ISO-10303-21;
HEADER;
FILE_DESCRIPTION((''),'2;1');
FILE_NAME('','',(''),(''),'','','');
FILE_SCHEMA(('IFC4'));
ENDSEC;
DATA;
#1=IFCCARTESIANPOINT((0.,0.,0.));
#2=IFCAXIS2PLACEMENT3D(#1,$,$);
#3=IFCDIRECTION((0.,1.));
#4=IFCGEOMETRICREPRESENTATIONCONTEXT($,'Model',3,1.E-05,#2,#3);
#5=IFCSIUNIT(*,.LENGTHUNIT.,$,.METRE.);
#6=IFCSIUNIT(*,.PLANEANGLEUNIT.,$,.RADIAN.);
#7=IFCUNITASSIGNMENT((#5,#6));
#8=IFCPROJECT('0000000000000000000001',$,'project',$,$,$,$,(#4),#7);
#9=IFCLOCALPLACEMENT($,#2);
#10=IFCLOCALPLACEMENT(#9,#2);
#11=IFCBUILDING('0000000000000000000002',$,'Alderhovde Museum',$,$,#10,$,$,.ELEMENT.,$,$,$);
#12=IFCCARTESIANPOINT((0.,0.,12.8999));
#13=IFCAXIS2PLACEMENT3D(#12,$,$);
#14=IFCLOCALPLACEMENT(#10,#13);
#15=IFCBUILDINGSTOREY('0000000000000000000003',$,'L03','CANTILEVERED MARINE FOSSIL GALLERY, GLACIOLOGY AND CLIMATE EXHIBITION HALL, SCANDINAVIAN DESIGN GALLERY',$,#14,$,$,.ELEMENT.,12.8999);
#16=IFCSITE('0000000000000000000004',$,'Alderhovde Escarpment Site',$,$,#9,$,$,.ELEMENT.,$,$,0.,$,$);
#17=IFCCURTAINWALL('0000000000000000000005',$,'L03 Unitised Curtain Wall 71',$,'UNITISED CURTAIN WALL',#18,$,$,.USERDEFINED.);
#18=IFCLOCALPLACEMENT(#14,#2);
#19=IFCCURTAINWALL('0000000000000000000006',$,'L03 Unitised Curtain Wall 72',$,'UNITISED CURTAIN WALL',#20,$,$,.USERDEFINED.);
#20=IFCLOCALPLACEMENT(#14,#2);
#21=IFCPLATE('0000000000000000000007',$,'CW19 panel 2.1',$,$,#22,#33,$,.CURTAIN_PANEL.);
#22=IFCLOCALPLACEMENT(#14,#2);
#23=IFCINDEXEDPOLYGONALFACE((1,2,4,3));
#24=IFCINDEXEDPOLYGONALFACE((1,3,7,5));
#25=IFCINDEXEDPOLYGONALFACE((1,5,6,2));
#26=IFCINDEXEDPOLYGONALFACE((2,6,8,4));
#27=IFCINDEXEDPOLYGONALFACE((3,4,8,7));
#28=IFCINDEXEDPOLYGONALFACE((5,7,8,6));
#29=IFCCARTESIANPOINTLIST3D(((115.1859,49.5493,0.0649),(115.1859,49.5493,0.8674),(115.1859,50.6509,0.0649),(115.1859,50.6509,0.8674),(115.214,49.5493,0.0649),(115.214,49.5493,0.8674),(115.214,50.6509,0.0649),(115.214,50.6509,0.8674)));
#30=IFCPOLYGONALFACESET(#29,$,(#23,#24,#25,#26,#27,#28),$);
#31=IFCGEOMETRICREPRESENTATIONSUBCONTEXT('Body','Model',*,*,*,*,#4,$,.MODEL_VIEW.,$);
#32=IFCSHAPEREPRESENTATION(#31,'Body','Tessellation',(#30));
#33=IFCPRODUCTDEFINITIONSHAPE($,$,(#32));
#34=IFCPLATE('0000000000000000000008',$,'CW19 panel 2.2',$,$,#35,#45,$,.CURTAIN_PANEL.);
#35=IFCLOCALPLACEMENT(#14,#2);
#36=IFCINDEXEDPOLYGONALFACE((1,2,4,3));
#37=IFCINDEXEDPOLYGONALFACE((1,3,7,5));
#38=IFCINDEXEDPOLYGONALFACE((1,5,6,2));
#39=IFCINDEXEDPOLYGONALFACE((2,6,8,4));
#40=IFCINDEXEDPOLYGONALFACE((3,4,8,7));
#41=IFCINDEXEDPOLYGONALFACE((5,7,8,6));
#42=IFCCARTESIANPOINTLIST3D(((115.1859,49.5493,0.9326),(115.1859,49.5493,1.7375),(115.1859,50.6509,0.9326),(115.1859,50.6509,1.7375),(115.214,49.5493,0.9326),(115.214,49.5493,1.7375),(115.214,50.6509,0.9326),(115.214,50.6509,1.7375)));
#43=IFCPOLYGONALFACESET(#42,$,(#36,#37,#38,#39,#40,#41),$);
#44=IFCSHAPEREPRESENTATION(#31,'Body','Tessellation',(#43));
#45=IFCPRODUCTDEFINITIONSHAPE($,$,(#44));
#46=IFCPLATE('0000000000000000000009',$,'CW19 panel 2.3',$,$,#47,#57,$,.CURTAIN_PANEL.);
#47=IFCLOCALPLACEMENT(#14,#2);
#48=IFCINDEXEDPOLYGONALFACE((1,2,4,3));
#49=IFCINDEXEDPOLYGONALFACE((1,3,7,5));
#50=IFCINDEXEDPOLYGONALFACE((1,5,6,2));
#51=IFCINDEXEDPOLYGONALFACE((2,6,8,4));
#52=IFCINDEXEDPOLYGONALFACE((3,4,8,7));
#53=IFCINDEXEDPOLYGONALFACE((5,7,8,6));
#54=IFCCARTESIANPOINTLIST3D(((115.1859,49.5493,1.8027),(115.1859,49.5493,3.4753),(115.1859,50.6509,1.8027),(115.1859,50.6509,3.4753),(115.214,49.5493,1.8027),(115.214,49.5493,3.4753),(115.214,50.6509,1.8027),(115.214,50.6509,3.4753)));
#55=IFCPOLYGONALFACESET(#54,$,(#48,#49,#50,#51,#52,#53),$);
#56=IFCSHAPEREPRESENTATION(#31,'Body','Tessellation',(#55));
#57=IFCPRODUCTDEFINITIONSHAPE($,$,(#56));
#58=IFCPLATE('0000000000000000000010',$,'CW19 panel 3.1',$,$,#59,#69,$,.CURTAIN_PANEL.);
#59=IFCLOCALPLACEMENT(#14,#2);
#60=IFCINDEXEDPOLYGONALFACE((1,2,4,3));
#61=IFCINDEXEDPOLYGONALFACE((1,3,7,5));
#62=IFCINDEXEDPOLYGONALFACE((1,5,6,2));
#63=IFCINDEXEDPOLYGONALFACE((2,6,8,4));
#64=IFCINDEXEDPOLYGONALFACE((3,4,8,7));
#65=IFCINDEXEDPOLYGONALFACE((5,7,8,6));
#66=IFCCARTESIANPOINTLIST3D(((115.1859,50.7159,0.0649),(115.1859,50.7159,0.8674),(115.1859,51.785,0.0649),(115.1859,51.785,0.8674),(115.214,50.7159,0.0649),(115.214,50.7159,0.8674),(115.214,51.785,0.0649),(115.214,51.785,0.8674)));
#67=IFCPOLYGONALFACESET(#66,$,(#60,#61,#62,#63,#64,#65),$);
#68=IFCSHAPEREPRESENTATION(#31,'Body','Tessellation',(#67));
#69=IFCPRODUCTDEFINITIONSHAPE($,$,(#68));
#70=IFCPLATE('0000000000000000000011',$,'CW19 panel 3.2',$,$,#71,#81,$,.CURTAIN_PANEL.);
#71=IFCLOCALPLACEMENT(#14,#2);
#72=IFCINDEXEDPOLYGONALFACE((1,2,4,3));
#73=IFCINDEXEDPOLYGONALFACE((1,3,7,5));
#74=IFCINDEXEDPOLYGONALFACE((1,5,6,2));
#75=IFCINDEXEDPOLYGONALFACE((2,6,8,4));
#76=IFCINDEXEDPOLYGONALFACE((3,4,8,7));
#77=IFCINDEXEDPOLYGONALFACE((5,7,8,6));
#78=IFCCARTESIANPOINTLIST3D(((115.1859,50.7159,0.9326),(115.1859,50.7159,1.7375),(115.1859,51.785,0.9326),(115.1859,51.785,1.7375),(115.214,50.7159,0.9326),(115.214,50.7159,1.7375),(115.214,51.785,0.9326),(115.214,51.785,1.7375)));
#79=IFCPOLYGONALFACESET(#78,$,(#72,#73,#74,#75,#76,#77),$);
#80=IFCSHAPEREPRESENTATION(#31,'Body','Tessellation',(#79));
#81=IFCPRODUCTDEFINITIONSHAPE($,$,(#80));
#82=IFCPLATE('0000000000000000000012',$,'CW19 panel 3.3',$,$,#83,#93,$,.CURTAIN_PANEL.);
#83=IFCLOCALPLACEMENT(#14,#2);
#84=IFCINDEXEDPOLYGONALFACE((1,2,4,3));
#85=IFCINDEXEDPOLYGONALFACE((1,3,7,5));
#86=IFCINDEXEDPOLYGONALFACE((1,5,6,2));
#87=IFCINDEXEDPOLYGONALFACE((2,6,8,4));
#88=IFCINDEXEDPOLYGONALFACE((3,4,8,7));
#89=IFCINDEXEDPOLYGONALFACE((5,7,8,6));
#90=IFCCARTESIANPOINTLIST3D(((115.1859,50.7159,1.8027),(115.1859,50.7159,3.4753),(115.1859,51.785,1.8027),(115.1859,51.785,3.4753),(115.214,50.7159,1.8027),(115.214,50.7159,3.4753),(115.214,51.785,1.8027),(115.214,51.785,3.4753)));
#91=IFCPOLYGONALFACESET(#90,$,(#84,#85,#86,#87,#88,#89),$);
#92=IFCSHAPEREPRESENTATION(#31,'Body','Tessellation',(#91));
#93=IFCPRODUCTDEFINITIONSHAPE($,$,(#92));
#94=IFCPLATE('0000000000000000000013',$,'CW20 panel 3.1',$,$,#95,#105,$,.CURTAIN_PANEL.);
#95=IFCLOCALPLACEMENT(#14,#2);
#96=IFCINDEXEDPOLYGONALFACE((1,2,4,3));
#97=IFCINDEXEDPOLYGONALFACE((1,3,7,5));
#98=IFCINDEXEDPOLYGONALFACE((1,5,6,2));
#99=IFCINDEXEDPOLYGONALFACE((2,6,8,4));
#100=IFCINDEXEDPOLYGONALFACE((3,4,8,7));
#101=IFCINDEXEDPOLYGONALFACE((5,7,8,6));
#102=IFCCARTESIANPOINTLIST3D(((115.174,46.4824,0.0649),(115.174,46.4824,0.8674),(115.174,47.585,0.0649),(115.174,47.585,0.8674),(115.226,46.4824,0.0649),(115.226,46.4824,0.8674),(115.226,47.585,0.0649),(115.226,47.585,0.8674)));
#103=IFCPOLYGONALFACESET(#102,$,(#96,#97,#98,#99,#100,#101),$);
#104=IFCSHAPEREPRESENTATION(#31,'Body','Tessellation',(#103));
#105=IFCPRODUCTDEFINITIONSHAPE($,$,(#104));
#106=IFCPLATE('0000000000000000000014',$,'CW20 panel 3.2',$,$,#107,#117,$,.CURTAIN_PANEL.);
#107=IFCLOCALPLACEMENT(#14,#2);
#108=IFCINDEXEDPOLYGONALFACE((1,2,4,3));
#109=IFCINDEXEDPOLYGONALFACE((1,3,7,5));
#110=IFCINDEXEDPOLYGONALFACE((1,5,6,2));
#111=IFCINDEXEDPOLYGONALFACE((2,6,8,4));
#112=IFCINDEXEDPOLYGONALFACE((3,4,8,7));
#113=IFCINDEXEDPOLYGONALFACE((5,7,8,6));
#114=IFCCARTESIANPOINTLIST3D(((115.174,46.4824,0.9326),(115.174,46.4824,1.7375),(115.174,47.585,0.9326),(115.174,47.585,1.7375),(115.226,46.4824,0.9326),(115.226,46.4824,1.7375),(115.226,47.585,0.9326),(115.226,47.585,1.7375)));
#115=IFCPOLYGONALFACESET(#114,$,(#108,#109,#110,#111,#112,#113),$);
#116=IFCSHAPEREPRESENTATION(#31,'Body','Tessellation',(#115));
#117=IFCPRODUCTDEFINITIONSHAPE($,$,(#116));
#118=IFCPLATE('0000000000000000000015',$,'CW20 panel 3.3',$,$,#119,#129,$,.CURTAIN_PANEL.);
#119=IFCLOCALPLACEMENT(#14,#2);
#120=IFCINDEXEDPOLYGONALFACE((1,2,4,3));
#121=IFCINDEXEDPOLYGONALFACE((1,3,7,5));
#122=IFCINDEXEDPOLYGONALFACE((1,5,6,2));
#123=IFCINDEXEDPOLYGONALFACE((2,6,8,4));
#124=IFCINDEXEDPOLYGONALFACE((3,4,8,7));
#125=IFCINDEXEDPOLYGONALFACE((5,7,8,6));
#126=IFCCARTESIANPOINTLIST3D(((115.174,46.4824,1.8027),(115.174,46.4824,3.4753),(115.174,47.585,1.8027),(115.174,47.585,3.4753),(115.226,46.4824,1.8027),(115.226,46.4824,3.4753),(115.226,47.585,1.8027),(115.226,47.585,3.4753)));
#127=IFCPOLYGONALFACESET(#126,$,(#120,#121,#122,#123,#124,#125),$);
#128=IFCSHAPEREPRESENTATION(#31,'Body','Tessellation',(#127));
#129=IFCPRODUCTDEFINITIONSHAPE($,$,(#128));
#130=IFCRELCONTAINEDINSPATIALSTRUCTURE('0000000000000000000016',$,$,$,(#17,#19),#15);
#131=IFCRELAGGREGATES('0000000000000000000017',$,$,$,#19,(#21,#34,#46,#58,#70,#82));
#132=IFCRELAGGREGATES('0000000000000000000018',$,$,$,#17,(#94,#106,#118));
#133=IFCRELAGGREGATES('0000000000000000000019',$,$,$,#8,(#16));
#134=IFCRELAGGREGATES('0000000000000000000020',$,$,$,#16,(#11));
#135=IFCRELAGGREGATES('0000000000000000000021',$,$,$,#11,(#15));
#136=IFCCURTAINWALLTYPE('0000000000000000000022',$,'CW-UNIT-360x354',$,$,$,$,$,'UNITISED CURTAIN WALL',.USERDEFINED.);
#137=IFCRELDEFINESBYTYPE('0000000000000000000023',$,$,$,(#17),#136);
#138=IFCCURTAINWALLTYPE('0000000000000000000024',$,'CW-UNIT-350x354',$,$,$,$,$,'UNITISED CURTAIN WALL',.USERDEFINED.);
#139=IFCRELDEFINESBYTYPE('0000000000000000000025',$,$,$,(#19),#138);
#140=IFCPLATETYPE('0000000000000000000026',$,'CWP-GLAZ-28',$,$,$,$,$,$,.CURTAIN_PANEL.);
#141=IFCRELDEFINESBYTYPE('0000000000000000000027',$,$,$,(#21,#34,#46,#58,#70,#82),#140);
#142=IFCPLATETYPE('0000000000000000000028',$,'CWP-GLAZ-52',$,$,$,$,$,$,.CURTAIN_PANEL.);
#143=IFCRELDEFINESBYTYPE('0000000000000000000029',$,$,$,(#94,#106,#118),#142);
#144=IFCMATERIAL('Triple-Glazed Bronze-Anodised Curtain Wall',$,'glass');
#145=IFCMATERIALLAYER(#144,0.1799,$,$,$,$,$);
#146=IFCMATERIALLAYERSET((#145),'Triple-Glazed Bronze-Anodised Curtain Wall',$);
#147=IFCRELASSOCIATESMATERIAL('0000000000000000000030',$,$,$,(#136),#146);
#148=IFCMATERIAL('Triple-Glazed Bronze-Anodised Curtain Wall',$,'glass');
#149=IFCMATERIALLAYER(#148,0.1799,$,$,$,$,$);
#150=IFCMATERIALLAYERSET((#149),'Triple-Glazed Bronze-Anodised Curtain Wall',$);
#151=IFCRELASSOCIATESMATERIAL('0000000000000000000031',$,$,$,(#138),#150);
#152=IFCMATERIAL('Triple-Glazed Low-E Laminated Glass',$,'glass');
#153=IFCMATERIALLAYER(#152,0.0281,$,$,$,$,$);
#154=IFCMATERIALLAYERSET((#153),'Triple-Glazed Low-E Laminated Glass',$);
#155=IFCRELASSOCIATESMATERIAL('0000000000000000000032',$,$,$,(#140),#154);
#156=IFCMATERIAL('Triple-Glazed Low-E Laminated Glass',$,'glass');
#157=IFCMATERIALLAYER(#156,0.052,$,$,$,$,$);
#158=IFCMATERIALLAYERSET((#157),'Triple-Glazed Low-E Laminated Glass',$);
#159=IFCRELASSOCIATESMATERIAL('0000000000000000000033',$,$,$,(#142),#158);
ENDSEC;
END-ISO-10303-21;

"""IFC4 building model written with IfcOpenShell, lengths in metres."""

from ifc_helpers import new_model, si_unit, direction, frame, origin, origin_2d, place, context, subcontext, project, spatial, rectangle, extrude, material, layer, layer_set, type_object, element, aggregate, save


model = new_model("IFC4")

# Units and contexts
model_context = context("Model", 3, precision=1e-05, world=origin(), true_north=direction((0.0, 1.0)))
body_context = subcontext(model_context, "Body", "Model", "MODEL_VIEW")
ifc_project = project(units=[si_unit("LENGTHUNIT", "METRE"), si_unit("PLANEANGLEUNIT", "RADIAN")], contexts=[model_context])

# Site, building, storey
site_placement = place(None, origin())
site = spatial("IfcSite", under=ifc_project, at=site_placement, Name="Alderhovde Escarpment Site", CompositionType="ELEMENT", RefElevation=0.0)
building_placement = place(site_placement, origin())
building = spatial("IfcBuilding", under=site, at=building_placement, Name="Alderhovde Museum", CompositionType="ELEMENT")
storey_placement = place(building_placement, frame((0.0, 0.0, 12.8999)))
storey = spatial("IfcBuildingStorey", under=building, at=storey_placement, Name="L03", Description="CANTILEVERED MARINE FOSSIL GALLERY, GLACIOLOGY AND CLIMATE EXHIBITION HALL, SCANDINAVIAN DESIGN GALLERY", CompositionType="ELEMENT", Elevation=12.8999)

# Curtain wall
ifc_material_1 = material(Name="Triple-Glazed Bronze-Anodised Curtain Wall", Category="glass")
ifc_layer_1 = layer(ifc_material_1, 0.1799)
ifc_layer_set_1 = layer_set([ifc_layer_1], Name="Triple-Glazed Bronze-Anodised Curtain Wall")
curtain_wall_type_1 = type_object("IfcCurtainWallType", Name="CW-UNIT-360x354", ElementType="UNITISED CURTAIN WALL", PredefinedType="USERDEFINED", material=ifc_layer_set_1)
curtain_wall_1_placement = place(storey_placement, origin())
curtain_wall_1 = element("IfcCurtainWall", 1, at=curtain_wall_1_placement, inside=storey, type_object=curtain_wall_type_1, Name="L03 Unitised Curtain Wall 71", ObjectType="UNITISED CURTAIN WALL", PredefinedType="USERDEFINED")

# Curtain wall
ifc_material_2 = material(Name="Triple-Glazed Bronze-Anodised Curtain Wall", Category="glass")
ifc_layer_2 = layer(ifc_material_2, 0.1799)
ifc_layer_set_2 = layer_set([ifc_layer_2], Name="Triple-Glazed Bronze-Anodised Curtain Wall")
curtain_wall_type_2 = type_object("IfcCurtainWallType", Name="CW-UNIT-350x354", ElementType="UNITISED CURTAIN WALL", PredefinedType="USERDEFINED", material=ifc_layer_set_2)
curtain_wall_2_placement = place(storey_placement, origin())
curtain_wall_2 = element("IfcCurtainWall", 2, at=curtain_wall_2_placement, inside=storey, type_object=curtain_wall_type_2, Name="L03 Unitised Curtain Wall 72", ObjectType="UNITISED CURTAIN WALL", PredefinedType="USERDEFINED")

# Plates
ifc_material_3 = material(Name="Triple-Glazed Low-E Laminated Glass", Category="glass")
ifc_layer_3 = layer(ifc_material_3, 0.0281)
ifc_layer_set_3 = layer_set([ifc_layer_3], Name="Triple-Glazed Low-E Laminated Glass")
plate_type_1 = type_object("IfcPlateType", Name="CWP-GLAZ-28", PredefinedType="CURTAIN_PANEL", material=ifc_layer_set_3)
plate_1_placement = place(storey_placement, frame((115.2, 50.1001, 0.0649), z_axis=(0.0, 0.0, 1.0), x_axis=(0.0, 1.0, 0.0)))
plate_1 = element("IfcPlate", 3, at=plate_1_placement, type_object=plate_type_1, Name="CW19 panel 2.1", PredefinedType="CURTAIN_PANEL", context=body_context, shape_type="SweptSolid", body=[
    extrude(rectangle(XDim=1.1016, YDim=0.0281, at=origin_2d()), origin(), (0.0, 0.0, 1.0), 0.8025),
])
plate_2_placement = place(storey_placement, frame((115.2, 50.1001, 0.9326), z_axis=(0.0, 0.0, 1.0), x_axis=(0.0, 1.0, 0.0)))
plate_2 = element("IfcPlate", 4, at=plate_2_placement, type_object=plate_type_1, Name="CW19 panel 2.2", PredefinedType="CURTAIN_PANEL", context=body_context, shape_type="SweptSolid", body=[
    extrude(rectangle(XDim=1.1016, YDim=0.0281, at=origin_2d()), origin(), (0.0, 0.0, 1.0), 0.8049),
])
plate_3_placement = place(storey_placement, frame((115.2, 50.1001, 1.8027), z_axis=(0.0, 0.0, 1.0), x_axis=(0.0, 1.0, 0.0)))
plate_3 = element("IfcPlate", 5, at=plate_3_placement, type_object=plate_type_1, Name="CW19 panel 2.3", PredefinedType="CURTAIN_PANEL", context=body_context, shape_type="SweptSolid", body=[
    extrude(rectangle(XDim=1.1016, YDim=0.0281, at=origin_2d()), origin(), (0.0, 0.0, 1.0), 1.6726),
])
plate_4_placement = place(storey_placement, frame((115.2, 51.2505, 0.0649), z_axis=(0.0, 0.0, 1.0), x_axis=(0.0, 1.0, 0.0)))
plate_4 = element("IfcPlate", 6, at=plate_4_placement, type_object=plate_type_1, Name="CW19 panel 3.1", PredefinedType="CURTAIN_PANEL", context=body_context, shape_type="SweptSolid", body=[
    extrude(rectangle(XDim=1.0691, YDim=0.0281, at=origin_2d()), origin(), (0.0, 0.0, 1.0), 0.8025),
])
plate_5_placement = place(storey_placement, frame((115.2, 51.2505, 0.9326), z_axis=(0.0, 0.0, 1.0), x_axis=(0.0, 1.0, 0.0)))
plate_5 = element("IfcPlate", 7, at=plate_5_placement, type_object=plate_type_1, Name="CW19 panel 3.2", PredefinedType="CURTAIN_PANEL", context=body_context, shape_type="SweptSolid", body=[
    extrude(rectangle(XDim=1.0691, YDim=0.0281, at=origin_2d()), origin(), (0.0, 0.0, 1.0), 0.8049),
])
plate_6_placement = place(storey_placement, frame((115.2, 51.2505, 1.8027), z_axis=(0.0, 0.0, 1.0), x_axis=(0.0, 1.0, 0.0)))
plate_6 = element("IfcPlate", 8, at=plate_6_placement, type_object=plate_type_1, Name="CW19 panel 3.3", PredefinedType="CURTAIN_PANEL", context=body_context, shape_type="SweptSolid", body=[
    extrude(rectangle(XDim=1.0691, YDim=0.0281, at=origin_2d()), origin(), (0.0, 0.0, 1.0), 1.6726),
])
aggregate(curtain_wall_2, [plate_1, plate_2, plate_3, plate_4, plate_5, plate_6])
ifc_material_4 = material(Name="Triple-Glazed Low-E Laminated Glass", Category="glass")
ifc_layer_4 = layer(ifc_material_4, 0.052)
ifc_layer_set_4 = layer_set([ifc_layer_4], Name="Triple-Glazed Low-E Laminated Glass")
plate_type_2 = type_object("IfcPlateType", Name="CWP-GLAZ-52", PredefinedType="CURTAIN_PANEL", material=ifc_layer_set_4)
plate_7_placement = place(storey_placement, frame((115.2, 47.0337, 0.0649), z_axis=(0.0, 0.0, 1.0), x_axis=(0.0, 1.0, 0.0)))
plate_7 = element("IfcPlate", 9, at=plate_7_placement, type_object=plate_type_2, Name="CW20 panel 3.1", PredefinedType="CURTAIN_PANEL", context=body_context, shape_type="SweptSolid", body=[
    extrude(rectangle(XDim=1.1025, YDim=0.052, at=origin_2d()), origin(), (0.0, 0.0, 1.0), 0.8025),
])
plate_8_placement = place(storey_placement, frame((115.2, 47.0337, 0.9326), z_axis=(0.0, 0.0, 1.0), x_axis=(0.0, 1.0, 0.0)))
plate_8 = element("IfcPlate", 10, at=plate_8_placement, type_object=plate_type_2, Name="CW20 panel 3.2", PredefinedType="CURTAIN_PANEL", context=body_context, shape_type="SweptSolid", body=[
    extrude(rectangle(XDim=1.1025, YDim=0.052, at=origin_2d()), origin(), (0.0, 0.0, 1.0), 0.8049),
])
plate_9_placement = place(storey_placement, frame((115.2, 47.0337, 1.8027), z_axis=(0.0, 0.0, 1.0), x_axis=(0.0, 1.0, 0.0)))
plate_9 = element("IfcPlate", 11, at=plate_9_placement, type_object=plate_type_2, Name="CW20 panel 3.3", PredefinedType="CURTAIN_PANEL", context=body_context, shape_type="SweptSolid", body=[
    extrude(rectangle(XDim=1.1025, YDim=0.052, at=origin_2d()), origin(), (0.0, 0.0, 1.0), 1.6726),
])
aggregate(curtain_wall_1, [plate_7, plate_8, plate_9])

save(model, "model.ifc")
